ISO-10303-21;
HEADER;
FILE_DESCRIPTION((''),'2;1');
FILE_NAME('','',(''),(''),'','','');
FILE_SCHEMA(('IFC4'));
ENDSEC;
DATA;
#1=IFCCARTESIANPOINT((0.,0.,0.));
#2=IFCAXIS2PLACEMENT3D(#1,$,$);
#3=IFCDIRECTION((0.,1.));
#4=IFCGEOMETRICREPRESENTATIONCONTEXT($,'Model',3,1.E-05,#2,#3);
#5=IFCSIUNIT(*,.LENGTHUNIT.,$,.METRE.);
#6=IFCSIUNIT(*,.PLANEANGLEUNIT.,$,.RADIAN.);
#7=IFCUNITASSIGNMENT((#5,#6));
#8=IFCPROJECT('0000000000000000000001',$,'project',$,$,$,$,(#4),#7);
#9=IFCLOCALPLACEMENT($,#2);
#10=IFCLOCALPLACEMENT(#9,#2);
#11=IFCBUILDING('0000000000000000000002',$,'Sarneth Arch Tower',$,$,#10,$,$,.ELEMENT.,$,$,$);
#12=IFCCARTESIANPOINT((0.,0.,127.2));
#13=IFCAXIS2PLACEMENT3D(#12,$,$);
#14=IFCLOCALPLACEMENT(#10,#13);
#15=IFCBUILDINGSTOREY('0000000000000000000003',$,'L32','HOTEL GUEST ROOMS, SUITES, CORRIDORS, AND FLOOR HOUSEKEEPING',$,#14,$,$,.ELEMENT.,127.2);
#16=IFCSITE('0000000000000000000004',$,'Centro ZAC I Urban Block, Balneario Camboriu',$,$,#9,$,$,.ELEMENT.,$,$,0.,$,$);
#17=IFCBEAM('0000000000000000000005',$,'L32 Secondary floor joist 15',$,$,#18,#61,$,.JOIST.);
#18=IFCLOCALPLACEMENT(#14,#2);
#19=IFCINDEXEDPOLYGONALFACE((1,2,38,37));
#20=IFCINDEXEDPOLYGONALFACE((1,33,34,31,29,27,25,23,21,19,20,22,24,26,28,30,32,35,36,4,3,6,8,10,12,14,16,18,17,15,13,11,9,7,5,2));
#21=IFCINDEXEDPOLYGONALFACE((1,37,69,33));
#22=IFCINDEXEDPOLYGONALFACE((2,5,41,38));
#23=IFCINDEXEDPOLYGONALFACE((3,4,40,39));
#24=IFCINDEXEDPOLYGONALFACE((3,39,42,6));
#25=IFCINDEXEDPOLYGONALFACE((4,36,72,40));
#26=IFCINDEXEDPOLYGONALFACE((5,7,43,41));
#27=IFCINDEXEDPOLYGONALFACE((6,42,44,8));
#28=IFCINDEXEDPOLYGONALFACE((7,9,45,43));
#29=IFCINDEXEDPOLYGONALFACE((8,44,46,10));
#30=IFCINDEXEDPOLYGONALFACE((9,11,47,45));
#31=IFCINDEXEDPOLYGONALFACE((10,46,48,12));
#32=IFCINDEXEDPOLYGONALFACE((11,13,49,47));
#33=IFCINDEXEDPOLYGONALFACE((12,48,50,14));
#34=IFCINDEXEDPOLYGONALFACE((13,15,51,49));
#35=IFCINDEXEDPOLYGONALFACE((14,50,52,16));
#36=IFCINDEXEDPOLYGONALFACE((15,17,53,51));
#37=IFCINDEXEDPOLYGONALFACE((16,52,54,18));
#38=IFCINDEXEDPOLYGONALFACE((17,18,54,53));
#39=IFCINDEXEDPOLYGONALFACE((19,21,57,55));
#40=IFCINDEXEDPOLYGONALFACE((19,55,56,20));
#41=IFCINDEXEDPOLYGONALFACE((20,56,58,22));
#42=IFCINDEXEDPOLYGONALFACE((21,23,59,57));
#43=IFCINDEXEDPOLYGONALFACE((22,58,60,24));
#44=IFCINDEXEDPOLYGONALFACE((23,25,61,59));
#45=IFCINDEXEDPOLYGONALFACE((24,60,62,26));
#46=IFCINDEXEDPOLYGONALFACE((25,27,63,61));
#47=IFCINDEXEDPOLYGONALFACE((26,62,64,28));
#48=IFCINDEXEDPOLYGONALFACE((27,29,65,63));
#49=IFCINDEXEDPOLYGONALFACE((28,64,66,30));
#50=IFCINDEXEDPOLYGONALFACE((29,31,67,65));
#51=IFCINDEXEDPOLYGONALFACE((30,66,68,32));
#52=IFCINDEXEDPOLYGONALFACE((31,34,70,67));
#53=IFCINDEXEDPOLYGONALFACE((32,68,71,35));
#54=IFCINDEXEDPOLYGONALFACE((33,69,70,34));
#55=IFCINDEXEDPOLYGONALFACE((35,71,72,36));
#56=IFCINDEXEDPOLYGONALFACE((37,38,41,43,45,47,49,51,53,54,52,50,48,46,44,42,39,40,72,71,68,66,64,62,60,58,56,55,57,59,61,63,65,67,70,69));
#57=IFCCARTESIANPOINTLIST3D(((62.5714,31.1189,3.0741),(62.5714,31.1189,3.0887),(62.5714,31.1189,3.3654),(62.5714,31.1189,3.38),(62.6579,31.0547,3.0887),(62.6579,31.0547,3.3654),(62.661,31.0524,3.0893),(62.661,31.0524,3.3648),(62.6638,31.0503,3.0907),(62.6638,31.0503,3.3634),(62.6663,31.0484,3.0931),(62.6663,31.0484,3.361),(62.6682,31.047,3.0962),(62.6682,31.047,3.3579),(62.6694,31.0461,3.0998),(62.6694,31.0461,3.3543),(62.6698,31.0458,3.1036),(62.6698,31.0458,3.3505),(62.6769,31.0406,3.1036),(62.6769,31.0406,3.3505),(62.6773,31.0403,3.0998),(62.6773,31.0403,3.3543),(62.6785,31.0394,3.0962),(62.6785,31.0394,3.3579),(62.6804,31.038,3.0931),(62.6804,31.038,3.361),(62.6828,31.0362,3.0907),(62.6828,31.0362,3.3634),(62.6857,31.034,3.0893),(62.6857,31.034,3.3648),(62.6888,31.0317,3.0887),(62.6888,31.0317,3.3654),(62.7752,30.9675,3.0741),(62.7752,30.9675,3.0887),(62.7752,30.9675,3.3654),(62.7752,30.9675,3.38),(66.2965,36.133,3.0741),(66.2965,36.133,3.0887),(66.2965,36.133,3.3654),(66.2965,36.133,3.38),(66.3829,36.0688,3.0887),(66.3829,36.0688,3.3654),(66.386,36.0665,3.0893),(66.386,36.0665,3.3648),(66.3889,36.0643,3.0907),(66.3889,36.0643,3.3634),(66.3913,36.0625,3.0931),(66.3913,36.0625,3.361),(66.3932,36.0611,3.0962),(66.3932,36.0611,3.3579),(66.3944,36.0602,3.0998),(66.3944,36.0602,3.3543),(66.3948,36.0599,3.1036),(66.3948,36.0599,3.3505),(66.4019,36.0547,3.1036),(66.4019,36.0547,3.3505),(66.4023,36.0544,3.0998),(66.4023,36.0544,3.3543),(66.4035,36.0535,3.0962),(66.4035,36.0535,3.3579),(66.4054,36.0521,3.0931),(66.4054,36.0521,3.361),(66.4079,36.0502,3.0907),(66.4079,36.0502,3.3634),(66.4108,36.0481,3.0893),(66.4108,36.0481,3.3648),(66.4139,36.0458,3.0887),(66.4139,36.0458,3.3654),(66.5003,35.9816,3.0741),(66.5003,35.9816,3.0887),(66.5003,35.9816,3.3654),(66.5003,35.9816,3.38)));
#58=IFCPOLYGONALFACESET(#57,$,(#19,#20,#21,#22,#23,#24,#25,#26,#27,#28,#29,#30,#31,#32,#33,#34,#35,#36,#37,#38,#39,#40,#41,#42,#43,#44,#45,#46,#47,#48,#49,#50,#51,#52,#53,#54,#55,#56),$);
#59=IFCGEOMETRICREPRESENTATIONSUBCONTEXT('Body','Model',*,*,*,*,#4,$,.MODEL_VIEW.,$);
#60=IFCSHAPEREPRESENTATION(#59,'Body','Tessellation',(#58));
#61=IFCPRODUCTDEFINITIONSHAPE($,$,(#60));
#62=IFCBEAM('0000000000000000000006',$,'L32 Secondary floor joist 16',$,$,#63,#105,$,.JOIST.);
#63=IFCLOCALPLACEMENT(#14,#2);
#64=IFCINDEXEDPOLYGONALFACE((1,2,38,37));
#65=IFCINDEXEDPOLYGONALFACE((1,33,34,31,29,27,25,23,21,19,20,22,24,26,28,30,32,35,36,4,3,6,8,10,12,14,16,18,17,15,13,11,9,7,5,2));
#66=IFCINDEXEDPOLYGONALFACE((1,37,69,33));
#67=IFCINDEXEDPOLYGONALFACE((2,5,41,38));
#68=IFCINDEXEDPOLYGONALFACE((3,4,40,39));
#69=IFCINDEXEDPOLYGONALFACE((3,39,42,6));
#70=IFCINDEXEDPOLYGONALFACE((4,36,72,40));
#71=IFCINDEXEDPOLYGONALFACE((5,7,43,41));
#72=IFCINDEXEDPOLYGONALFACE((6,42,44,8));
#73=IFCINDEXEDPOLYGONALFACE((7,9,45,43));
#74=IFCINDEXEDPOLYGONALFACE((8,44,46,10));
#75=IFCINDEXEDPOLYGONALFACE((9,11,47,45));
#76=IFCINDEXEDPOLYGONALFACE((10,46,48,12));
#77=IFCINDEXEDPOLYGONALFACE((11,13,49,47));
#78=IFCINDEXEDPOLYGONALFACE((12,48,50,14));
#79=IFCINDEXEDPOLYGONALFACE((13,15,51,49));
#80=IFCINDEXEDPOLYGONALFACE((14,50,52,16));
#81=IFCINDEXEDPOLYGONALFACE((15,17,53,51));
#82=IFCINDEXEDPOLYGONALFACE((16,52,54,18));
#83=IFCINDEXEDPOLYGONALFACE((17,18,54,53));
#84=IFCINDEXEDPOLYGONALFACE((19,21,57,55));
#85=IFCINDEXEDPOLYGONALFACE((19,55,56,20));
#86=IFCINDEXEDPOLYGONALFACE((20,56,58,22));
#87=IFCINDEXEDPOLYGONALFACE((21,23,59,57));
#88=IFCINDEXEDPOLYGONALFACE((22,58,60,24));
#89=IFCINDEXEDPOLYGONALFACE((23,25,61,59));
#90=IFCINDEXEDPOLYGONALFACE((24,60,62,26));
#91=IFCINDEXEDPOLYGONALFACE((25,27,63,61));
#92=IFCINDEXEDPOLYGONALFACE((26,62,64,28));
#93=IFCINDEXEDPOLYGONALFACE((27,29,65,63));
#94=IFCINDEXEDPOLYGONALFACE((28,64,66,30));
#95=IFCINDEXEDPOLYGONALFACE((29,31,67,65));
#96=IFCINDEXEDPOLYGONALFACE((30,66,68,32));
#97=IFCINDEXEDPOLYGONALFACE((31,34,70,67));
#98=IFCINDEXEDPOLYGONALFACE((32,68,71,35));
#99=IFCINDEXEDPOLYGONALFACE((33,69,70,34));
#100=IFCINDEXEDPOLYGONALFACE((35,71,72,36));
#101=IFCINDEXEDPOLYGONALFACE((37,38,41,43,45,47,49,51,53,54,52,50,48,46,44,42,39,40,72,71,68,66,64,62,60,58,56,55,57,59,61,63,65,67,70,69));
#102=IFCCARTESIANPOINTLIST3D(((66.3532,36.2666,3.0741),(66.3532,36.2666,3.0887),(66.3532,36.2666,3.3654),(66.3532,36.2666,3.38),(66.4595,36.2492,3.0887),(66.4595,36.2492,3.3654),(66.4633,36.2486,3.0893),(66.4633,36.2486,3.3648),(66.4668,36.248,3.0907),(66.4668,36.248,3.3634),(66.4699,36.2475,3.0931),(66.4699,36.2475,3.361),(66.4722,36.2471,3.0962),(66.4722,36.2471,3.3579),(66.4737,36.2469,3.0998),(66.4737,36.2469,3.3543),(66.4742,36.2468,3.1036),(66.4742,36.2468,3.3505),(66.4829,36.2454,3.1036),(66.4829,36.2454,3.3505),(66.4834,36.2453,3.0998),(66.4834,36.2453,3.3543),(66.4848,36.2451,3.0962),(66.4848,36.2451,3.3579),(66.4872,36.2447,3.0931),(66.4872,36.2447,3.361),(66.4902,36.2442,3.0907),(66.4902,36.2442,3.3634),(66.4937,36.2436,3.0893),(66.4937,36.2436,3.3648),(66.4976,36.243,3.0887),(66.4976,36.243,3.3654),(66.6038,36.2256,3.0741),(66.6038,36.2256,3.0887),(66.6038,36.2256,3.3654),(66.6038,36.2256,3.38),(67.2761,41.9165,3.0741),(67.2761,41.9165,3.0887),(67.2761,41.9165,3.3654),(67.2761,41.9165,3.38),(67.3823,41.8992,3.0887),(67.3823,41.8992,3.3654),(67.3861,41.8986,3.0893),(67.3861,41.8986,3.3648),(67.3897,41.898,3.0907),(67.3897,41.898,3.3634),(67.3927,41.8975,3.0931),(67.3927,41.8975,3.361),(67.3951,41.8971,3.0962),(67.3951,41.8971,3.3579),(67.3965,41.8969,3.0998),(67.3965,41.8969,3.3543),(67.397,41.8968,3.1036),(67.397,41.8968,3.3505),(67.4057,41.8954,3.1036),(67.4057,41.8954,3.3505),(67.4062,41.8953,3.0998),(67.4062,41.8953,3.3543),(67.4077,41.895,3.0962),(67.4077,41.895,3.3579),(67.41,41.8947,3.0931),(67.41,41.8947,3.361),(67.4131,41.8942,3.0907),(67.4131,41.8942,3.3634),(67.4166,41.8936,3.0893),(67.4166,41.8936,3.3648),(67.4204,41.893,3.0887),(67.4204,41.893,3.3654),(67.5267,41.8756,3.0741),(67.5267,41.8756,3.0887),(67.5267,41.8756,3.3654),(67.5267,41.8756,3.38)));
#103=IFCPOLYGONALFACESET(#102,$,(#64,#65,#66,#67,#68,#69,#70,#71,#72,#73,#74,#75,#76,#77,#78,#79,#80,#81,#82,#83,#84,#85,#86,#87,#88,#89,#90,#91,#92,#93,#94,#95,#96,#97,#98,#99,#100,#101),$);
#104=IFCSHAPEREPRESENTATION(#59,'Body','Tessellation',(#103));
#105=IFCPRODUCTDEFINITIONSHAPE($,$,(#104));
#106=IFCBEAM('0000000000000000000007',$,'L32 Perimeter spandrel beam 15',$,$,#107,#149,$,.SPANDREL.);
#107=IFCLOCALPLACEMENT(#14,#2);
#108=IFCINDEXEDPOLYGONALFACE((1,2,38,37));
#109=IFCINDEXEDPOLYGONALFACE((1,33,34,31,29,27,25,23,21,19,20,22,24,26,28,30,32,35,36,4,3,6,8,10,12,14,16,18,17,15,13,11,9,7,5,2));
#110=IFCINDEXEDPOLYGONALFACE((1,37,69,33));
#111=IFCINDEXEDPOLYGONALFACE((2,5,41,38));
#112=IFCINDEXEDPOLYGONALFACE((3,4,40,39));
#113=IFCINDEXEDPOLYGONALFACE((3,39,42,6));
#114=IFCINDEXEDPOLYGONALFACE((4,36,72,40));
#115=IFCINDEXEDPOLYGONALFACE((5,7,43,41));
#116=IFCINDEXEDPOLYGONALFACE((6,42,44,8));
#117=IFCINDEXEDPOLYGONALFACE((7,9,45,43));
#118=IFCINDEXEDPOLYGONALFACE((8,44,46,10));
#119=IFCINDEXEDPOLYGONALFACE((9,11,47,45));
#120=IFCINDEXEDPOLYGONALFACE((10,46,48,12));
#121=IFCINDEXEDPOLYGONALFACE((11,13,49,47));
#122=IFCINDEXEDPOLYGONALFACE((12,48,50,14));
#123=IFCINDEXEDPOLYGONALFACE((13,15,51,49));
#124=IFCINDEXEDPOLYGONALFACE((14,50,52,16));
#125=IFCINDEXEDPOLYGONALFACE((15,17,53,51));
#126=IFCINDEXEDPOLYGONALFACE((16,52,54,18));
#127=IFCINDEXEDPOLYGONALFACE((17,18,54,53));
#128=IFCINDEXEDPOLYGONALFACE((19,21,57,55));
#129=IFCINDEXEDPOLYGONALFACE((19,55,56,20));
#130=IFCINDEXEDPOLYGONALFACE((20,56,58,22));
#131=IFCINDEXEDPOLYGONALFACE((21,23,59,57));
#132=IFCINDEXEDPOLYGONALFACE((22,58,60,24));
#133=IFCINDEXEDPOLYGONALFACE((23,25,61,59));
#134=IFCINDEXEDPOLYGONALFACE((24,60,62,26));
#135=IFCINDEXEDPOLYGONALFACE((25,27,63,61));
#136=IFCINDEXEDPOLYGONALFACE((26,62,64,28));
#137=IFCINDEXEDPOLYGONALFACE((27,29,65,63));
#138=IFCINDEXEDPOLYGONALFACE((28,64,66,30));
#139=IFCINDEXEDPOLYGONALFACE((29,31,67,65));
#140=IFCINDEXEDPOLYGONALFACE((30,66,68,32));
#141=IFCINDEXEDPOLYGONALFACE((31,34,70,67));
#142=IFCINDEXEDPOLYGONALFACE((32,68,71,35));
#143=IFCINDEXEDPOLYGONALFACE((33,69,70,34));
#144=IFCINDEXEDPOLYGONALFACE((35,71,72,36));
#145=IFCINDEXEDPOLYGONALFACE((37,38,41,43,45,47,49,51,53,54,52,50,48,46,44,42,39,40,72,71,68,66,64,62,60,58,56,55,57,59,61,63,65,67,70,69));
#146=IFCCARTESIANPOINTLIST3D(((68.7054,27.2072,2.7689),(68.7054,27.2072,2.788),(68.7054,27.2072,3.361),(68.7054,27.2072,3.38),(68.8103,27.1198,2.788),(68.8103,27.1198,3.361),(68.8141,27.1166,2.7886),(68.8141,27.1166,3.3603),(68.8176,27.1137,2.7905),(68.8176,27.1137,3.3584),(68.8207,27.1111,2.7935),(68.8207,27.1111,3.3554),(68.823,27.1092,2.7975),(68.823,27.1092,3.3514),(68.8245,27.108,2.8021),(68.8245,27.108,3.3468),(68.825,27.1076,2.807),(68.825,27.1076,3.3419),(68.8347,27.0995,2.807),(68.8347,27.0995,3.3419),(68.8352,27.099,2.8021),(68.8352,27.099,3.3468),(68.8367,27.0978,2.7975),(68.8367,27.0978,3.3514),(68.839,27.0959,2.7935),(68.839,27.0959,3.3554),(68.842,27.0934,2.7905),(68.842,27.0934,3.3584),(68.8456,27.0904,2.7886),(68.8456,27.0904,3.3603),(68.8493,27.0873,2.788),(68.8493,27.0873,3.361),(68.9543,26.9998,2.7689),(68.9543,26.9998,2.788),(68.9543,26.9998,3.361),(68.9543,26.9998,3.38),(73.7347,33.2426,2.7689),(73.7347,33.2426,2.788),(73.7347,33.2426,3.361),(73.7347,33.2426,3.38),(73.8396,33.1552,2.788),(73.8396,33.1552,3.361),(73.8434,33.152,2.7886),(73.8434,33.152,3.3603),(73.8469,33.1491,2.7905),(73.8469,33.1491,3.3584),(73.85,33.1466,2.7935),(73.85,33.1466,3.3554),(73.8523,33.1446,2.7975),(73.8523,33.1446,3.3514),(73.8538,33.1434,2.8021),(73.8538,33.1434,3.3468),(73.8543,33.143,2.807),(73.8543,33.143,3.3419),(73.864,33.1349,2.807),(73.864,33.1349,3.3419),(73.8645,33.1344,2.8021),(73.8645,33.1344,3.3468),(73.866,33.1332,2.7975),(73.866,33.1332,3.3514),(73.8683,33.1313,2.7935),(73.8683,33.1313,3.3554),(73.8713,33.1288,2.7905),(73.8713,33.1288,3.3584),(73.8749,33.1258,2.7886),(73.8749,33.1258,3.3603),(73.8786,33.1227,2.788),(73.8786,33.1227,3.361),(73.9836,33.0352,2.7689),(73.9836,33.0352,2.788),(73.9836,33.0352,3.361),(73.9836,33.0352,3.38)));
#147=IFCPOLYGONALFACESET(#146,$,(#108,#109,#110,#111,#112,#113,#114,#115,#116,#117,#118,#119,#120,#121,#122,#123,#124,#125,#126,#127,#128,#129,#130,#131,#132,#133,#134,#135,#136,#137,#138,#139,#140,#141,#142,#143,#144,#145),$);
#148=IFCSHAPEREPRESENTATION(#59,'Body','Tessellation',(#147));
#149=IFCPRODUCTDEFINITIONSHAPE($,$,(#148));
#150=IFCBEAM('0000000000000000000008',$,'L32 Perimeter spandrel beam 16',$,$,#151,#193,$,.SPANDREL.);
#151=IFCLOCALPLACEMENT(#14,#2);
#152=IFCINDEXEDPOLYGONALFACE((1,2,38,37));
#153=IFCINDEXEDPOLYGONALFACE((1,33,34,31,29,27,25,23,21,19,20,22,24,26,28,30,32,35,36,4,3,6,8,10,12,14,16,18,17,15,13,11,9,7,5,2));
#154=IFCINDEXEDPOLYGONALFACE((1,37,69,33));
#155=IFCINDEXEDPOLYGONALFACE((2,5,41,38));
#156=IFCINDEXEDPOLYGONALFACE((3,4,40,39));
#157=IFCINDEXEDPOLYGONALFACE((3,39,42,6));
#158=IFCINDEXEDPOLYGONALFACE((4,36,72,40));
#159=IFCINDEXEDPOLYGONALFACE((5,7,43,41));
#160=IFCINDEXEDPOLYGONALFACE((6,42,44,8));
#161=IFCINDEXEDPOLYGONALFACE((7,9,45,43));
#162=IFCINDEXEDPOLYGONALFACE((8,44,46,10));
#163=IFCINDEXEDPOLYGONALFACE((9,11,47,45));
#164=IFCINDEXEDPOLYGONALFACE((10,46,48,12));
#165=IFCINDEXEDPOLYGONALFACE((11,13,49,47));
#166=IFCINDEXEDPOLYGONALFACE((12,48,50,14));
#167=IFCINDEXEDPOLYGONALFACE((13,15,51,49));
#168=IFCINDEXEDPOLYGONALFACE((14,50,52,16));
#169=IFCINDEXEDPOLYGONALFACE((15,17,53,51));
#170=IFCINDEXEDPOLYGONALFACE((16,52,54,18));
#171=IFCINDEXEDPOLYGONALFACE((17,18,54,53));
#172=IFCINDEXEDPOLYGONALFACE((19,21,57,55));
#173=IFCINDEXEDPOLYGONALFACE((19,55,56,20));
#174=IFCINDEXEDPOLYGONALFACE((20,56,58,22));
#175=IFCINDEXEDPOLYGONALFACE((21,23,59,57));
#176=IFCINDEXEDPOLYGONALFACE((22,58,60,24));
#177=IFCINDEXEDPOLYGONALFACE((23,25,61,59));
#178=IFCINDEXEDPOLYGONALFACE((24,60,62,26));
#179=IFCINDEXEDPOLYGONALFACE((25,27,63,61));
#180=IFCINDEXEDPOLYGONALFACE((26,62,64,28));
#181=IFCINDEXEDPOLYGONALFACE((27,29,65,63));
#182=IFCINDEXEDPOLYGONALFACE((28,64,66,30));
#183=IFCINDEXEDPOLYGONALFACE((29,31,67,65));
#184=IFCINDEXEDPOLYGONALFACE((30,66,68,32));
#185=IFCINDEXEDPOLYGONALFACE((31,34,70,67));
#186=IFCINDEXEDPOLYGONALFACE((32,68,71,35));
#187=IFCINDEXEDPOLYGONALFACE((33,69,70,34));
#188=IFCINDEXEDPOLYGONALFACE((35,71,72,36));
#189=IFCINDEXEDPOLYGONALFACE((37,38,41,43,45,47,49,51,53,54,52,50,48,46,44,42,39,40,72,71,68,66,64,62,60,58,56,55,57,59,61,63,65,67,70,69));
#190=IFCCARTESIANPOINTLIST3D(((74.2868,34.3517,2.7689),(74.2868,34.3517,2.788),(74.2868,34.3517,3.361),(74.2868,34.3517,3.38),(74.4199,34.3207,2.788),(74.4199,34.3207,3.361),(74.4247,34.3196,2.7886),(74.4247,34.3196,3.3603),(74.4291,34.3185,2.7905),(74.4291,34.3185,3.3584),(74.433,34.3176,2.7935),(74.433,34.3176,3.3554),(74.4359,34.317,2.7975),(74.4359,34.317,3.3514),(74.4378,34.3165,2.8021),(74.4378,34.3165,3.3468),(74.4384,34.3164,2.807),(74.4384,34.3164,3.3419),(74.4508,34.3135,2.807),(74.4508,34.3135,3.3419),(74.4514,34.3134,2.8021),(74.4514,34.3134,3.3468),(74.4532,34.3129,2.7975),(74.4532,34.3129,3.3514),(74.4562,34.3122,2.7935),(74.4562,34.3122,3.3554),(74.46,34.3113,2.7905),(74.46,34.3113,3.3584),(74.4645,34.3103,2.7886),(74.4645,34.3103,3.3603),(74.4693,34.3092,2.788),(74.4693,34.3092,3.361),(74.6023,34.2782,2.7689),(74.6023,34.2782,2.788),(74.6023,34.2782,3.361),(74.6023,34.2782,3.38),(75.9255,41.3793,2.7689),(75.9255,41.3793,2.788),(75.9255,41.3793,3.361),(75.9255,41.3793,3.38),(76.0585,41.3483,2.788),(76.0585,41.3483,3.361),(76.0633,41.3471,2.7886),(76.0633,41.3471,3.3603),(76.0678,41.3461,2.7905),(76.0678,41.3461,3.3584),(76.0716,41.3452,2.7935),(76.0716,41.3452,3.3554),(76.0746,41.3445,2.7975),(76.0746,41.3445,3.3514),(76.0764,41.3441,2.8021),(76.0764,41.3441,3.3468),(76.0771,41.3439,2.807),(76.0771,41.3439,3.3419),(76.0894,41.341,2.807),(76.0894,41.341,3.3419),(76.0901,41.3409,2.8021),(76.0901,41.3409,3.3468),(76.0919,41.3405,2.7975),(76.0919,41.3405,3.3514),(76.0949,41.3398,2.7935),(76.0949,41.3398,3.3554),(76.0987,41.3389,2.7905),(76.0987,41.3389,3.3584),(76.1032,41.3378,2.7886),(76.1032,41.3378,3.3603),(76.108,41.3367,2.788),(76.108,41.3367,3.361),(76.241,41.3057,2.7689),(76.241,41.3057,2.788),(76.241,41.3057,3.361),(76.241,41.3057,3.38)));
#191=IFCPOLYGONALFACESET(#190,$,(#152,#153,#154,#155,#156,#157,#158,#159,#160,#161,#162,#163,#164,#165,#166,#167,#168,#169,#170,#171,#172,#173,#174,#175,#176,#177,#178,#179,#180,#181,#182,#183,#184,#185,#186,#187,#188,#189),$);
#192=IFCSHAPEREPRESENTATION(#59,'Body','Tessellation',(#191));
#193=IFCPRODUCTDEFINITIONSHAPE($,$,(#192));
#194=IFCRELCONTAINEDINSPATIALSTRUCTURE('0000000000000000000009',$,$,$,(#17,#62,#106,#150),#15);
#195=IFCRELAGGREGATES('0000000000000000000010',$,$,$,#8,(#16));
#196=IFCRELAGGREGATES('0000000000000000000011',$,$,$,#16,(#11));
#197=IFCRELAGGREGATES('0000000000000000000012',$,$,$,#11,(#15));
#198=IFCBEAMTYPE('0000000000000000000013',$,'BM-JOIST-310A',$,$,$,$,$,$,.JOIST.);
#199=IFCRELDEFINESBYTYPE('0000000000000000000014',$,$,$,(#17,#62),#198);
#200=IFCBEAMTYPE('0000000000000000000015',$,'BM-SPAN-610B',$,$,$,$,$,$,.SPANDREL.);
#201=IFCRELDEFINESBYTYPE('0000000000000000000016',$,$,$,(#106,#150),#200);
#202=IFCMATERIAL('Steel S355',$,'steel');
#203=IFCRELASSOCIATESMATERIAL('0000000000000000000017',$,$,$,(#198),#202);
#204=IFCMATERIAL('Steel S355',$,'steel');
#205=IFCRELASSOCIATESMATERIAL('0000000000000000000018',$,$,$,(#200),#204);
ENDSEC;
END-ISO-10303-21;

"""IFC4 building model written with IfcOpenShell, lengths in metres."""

from ifc_helpers import new_model, si_unit, direction, frame, origin, origin_2d, place, context, subcontext, project, spatial, i_section, extrude, material, material_profile, profile_set, type_object, element, save


model = new_model("IFC4")

# Units and contexts
model_context = context("Model", 3, precision=1e-05, world=origin(), true_north=direction((0.0, 1.0)))
body_context = subcontext(model_context, "Body", "Model", "MODEL_VIEW")
ifc_project = project(units=[si_unit("LENGTHUNIT", "METRE"), si_unit("PLANEANGLEUNIT", "RADIAN")], contexts=[model_context])

# Site, building, storey
site_placement = place(None, origin())
site = spatial("IfcSite", under=ifc_project, at=site_placement, Name="Centro ZAC I Urban Block, Balneario Camboriu", CompositionType="ELEMENT", RefElevation=0.0)
building_placement = place(site_placement, origin())
building = spatial("IfcBuilding", under=site, at=building_placement, Name="Sarneth Arch Tower", CompositionType="ELEMENT")
storey_placement = place(building_placement, frame((0.0, 0.0, 127.2)))
storey = spatial("IfcBuildingStorey", under=building, at=storey_placement, Name="L32", Description="HOTEL GUEST ROOMS, SUITES, CORRIDORS, AND FLOOR HOUSEKEEPING", CompositionType="ELEMENT", Elevation=127.2)

# Beams
ifc_material_1 = material(Name="Steel S355", Category="steel")
ifc_material_profile_1 = material_profile(ifc_material_1, i_section(OverallWidth=0.2539, OverallDepth=0.3059, WebThickness=0.0088, FlangeThickness=0.0146, FilletRadius=0.0149, at=origin_2d()), Name="W310x79")
ifc_profile_set_1 = profile_set([ifc_material_profile_1], Name="Steel S355")
beam_type_1 = type_object("IfcBeamType", Name="BM-JOIST-310A", PredefinedType="JOIST", material=ifc_profile_set_1)
beam_1_placement = place(storey_placement, frame((62.6733, 31.0432, 3.2271), z_axis=(0.596354, 0.802721, 0.0), x_axis=(-0.802721, 0.596354, 0.0)))
element("IfcBeam", 1, at=beam_1_placement, inside=storey, type_object=beam_type_1, Name="L32 Secondary floor joist 15", PredefinedType="JOIST", context=body_context, shape_type="SweptSolid", body=[
    extrude(i_section(OverallWidth=0.2539, OverallDepth=0.3059, WebThickness=0.0088, FlangeThickness=0.0146, FilletRadius=0.0149, at=origin_2d()), origin(), (0.0, 0.0, 1.0), 6.2463),
])
beam_2_placement = place(storey_placement, frame((66.4785, 36.2461, 3.2271), z_axis=(0.161203, 0.986921, 0.0), x_axis=(-0.986921, 0.161203, 0.0)))
element("IfcBeam", 2, at=beam_2_placement, inside=storey, type_object=beam_type_1, Name="L32 Secondary floor joist 16", PredefinedType="JOIST", context=body_context, shape_type="SweptSolid", body=[
    extrude(i_section(OverallWidth=0.2539, OverallDepth=0.3059, WebThickness=0.0088, FlangeThickness=0.0146, FilletRadius=0.0149, at=origin_2d()), origin(), (0.0, 0.0, 1.0), 5.7249),
])
ifc_material_2 = material(Name="Steel S355", Category="steel")
ifc_material_profile_2 = material_profile(ifc_material_2, i_section(OverallWidth=0.324, OverallDepth=0.6111, WebThickness=0.0127, FlangeThickness=0.019, FilletRadius=0.019, at=origin_2d()), Name="W610x155")
ifc_profile_set_2 = profile_set([ifc_material_profile_2], Name="Steel S355")
beam_type_2 = type_object("IfcBeamType", Name="BM-SPAN-610B", PredefinedType="SPANDREL", material=ifc_profile_set_2)
beam_3_placement = place(storey_placement, frame((68.8298, 27.1035, 3.0745), z_axis=(0.640169, 0.768234, 0.0), x_axis=(-0.768234, 0.640169, 0.0)))
element("IfcBeam", 3, at=beam_3_placement, inside=storey, type_object=beam_type_2, Name="L32 Perimeter spandrel beam 15", PredefinedType="SPANDREL", context=body_context, shape_type="SweptSolid", body=[
    extrude(i_section(OverallWidth=0.324, OverallDepth=0.6111, WebThickness=0.0127, FlangeThickness=0.019, FilletRadius=0.019, at=origin_2d()), origin(), (0.0, 0.0, 1.0), 7.8562),
])
beam_4_placement = place(storey_placement, frame((74.4446, 34.3149, 3.0745), z_axis=(0.227085, 0.973875, 0.0), x_axis=(-0.973875, 0.227085, 0.0)))
element("IfcBeam", 4, at=beam_4_placement, inside=storey, type_object=beam_type_2, Name="L32 Perimeter spandrel beam 16", PredefinedType="SPANDREL", context=body_context, shape_type="SweptSolid", body=[
    extrude(i_section(OverallWidth=0.324, OverallDepth=0.6111, WebThickness=0.0127, FlangeThickness=0.019, FilletRadius=0.019, at=origin_2d()), origin(), (0.0, 0.0, 1.0), 7.2161),
])

save(model, "model.ifc")
